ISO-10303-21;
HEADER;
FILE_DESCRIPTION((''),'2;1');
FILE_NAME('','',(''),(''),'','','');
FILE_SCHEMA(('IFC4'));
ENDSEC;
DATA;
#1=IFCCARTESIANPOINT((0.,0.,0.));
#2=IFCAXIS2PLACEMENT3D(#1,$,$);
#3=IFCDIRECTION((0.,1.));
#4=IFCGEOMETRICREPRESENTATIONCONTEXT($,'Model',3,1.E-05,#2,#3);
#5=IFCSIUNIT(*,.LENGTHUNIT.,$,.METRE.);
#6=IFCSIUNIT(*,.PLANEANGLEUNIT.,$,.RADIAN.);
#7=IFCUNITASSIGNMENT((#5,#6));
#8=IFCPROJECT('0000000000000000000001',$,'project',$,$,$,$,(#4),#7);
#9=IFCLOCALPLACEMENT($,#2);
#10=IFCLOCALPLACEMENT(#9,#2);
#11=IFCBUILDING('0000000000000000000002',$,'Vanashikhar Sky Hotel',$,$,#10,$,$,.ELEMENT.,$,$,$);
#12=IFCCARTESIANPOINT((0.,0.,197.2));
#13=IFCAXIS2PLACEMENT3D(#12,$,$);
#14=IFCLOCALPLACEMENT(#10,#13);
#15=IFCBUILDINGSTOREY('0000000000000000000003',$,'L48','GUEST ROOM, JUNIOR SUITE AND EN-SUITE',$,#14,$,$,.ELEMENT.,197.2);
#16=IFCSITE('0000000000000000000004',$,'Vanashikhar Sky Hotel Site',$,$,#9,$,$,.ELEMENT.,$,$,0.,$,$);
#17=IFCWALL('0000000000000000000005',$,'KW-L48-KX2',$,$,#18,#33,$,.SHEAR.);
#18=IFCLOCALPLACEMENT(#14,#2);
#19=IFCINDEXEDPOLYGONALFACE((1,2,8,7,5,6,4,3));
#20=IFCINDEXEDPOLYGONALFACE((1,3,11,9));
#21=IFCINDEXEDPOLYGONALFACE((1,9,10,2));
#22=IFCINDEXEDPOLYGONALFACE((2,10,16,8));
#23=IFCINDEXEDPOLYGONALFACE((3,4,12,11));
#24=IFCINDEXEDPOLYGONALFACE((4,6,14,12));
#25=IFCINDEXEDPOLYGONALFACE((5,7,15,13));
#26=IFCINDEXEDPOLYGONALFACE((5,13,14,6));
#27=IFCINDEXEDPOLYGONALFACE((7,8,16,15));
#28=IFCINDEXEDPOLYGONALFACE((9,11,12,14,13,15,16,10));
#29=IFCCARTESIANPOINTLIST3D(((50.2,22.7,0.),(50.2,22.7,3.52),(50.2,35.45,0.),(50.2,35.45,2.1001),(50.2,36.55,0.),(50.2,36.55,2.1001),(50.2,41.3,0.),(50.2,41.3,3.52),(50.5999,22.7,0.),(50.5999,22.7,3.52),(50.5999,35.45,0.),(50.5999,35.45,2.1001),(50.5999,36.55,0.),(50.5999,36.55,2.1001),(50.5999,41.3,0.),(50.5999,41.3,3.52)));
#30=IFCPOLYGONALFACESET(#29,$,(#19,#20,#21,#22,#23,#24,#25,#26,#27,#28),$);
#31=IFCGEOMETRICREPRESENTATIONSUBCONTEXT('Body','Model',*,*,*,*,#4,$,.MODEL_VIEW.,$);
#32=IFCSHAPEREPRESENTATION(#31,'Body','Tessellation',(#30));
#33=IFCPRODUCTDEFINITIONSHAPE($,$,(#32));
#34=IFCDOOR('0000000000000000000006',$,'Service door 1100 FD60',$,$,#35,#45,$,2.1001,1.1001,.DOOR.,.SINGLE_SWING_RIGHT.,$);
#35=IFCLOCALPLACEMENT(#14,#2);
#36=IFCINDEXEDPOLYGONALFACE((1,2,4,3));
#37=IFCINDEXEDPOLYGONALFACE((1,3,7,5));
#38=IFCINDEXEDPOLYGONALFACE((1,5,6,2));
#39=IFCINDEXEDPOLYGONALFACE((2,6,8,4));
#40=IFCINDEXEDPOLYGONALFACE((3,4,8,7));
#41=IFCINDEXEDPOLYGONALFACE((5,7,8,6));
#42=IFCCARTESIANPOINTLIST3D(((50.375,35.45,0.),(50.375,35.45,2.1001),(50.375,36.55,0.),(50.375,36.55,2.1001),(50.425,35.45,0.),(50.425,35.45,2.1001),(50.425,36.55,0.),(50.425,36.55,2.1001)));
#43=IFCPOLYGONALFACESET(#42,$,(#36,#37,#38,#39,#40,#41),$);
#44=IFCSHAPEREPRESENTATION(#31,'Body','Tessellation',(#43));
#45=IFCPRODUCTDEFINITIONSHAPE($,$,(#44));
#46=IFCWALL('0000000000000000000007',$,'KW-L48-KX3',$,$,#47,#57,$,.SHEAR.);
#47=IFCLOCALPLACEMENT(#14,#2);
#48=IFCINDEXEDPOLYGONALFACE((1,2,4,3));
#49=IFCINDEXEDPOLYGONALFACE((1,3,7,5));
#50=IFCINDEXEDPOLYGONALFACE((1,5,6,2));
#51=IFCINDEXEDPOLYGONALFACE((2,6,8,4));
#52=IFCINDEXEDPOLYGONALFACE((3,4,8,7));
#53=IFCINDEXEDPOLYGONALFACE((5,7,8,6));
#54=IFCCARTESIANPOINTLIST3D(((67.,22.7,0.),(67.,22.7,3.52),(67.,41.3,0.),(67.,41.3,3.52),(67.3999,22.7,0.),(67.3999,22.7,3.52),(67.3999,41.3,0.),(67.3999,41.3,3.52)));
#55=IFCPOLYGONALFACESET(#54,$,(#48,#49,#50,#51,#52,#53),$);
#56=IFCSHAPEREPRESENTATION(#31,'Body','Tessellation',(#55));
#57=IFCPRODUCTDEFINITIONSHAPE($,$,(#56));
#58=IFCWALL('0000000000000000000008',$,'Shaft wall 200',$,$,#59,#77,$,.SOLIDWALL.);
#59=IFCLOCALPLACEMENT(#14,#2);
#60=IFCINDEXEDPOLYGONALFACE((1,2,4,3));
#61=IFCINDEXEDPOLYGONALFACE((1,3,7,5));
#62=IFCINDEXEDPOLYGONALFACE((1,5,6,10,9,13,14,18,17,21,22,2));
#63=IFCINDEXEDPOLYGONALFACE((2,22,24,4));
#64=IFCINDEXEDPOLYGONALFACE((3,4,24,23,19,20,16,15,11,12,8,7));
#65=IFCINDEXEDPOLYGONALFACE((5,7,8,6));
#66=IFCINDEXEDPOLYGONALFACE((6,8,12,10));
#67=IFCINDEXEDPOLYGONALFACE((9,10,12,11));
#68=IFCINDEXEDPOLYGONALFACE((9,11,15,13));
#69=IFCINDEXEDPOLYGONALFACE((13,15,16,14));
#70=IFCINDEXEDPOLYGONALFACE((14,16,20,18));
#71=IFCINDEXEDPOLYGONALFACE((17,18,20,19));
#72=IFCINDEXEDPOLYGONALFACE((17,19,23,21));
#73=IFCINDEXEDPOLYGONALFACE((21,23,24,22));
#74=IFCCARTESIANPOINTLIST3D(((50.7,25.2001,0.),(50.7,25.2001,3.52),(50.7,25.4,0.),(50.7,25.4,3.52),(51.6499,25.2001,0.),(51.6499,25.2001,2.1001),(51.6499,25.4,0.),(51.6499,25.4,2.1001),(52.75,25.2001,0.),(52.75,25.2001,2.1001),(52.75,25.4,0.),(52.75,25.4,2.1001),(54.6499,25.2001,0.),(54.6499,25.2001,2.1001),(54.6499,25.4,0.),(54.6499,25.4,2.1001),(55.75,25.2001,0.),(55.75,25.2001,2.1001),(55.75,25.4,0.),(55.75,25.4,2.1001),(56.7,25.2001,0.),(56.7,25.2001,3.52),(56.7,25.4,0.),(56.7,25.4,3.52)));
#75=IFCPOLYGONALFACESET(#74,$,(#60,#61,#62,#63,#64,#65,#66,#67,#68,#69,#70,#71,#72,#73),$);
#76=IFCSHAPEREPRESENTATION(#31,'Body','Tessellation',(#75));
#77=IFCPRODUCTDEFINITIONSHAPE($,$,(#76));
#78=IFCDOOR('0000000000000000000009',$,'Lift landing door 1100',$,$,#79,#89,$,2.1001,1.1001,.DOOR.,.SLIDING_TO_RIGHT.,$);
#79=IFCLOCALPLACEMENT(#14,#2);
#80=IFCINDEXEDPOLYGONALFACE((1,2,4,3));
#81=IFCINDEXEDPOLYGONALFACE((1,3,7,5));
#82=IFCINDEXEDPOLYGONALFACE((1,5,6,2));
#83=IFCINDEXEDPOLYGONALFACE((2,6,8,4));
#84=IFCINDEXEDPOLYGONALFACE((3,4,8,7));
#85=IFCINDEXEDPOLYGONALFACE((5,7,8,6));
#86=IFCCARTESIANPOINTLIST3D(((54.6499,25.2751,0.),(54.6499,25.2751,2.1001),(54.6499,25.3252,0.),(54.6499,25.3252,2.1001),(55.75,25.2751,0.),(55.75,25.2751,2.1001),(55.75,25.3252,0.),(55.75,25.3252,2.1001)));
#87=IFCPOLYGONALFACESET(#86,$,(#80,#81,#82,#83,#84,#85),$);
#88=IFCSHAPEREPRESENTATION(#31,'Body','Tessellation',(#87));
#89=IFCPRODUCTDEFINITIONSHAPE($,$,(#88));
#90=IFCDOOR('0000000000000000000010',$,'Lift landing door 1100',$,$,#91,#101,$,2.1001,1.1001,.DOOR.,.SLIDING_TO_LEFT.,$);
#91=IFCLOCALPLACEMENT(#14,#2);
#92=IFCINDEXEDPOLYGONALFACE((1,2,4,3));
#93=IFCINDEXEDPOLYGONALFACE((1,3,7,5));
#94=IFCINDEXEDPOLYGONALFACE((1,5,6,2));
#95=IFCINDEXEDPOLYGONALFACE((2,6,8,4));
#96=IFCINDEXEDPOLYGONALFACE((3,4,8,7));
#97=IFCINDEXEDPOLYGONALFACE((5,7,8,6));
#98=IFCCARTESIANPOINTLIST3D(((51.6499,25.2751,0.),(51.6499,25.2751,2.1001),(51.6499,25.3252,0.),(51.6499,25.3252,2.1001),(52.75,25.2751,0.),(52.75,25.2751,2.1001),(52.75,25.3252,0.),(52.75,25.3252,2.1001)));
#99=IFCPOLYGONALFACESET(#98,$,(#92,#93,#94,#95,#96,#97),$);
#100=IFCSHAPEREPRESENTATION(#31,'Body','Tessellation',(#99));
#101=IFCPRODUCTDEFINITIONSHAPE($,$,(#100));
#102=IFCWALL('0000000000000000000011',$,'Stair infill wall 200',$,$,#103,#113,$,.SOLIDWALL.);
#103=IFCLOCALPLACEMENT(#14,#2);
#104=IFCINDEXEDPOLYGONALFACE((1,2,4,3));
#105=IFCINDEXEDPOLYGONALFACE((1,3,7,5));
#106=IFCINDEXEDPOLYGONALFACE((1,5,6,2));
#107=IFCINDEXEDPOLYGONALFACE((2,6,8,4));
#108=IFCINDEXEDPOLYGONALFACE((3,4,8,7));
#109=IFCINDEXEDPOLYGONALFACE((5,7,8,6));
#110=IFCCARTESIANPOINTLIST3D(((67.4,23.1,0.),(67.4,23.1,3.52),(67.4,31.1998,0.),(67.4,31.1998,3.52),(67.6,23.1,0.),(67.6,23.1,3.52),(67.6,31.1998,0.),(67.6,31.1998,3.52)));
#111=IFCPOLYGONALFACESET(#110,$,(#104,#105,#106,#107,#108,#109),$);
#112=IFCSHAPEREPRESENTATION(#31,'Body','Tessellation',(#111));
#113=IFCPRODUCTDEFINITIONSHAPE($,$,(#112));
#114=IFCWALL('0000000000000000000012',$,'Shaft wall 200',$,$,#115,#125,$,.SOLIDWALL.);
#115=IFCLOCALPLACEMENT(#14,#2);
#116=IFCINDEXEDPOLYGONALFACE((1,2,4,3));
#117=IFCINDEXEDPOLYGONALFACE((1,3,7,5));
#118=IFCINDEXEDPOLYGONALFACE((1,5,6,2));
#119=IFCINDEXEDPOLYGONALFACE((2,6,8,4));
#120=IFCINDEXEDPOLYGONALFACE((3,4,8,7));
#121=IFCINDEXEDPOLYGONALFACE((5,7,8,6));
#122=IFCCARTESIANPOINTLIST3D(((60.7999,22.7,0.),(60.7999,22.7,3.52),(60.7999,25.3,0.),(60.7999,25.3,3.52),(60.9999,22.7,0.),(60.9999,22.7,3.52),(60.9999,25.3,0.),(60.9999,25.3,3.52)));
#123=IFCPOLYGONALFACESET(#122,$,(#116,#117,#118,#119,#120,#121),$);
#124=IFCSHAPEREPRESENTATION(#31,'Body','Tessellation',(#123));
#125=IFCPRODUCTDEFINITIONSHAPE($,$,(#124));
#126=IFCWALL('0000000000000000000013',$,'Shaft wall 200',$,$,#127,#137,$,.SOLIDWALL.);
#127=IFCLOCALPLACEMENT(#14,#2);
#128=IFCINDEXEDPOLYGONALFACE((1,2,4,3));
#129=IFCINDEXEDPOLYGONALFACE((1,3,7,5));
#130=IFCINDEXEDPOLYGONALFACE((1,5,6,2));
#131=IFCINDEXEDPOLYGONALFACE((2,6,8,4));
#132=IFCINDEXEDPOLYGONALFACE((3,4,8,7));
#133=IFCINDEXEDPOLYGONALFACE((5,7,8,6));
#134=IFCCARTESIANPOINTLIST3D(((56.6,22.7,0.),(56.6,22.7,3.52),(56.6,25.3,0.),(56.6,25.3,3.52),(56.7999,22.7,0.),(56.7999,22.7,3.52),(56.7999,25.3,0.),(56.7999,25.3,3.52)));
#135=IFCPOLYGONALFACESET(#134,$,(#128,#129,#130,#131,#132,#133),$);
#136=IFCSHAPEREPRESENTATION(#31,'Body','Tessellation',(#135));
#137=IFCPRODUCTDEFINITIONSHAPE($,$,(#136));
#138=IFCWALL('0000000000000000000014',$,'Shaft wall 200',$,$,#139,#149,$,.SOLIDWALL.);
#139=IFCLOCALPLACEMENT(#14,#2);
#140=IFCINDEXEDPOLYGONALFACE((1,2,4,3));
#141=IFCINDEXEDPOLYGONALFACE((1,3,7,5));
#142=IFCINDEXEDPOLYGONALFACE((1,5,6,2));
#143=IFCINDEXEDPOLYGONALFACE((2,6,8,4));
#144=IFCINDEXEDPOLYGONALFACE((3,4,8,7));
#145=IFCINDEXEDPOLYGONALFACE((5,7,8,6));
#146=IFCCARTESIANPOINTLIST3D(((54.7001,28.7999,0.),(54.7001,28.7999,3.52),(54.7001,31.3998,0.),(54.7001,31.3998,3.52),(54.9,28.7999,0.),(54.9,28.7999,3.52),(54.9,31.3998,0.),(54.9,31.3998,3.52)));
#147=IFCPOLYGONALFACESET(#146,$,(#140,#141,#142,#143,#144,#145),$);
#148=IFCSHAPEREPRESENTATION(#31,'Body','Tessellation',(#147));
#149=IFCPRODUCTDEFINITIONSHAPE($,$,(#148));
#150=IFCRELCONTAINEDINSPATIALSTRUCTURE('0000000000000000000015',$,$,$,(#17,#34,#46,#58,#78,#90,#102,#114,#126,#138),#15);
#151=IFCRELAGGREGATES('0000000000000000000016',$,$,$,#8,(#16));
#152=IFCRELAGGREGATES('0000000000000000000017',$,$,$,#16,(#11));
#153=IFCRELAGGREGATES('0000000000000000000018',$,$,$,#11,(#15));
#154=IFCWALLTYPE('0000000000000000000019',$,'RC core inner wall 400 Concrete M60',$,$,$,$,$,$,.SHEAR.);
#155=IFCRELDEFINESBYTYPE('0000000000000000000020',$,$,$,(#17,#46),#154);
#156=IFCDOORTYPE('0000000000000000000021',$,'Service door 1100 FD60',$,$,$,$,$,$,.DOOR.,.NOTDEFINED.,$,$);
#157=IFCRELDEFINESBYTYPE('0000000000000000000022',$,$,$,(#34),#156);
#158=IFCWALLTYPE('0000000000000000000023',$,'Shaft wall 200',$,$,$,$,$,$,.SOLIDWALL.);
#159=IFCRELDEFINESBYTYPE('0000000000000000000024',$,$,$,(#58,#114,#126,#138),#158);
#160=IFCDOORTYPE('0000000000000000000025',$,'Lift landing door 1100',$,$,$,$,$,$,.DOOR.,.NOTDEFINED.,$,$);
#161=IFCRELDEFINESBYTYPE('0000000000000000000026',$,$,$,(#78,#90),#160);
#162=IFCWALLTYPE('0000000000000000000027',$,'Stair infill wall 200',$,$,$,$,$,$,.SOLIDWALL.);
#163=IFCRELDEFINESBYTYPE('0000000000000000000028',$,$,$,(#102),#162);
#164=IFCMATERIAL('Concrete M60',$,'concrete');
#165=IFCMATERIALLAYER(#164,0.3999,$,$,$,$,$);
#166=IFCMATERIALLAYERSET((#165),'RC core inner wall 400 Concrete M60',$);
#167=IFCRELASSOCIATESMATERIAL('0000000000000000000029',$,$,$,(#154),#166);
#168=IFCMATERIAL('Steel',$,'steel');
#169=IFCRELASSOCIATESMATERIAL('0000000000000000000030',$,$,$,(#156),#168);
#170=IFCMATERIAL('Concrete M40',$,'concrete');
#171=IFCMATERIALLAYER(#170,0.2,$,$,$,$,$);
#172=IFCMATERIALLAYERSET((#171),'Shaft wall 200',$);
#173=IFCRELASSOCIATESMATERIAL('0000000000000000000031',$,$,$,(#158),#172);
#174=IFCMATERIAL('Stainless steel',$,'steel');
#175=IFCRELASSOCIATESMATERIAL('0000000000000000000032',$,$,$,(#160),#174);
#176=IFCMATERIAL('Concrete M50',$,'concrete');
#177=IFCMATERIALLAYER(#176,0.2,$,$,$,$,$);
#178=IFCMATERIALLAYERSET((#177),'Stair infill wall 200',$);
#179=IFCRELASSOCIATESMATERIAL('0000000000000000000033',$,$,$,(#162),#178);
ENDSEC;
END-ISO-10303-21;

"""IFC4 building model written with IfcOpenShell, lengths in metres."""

from ifc_helpers import new_model, si_unit, direction, frame, frame_2d, origin, place, context, subcontext, project, spatial, rectangle, extrude, source, transform, mapped, material, layer, layer_set, type_object, element, fill, save


model = new_model("IFC4")

# Units and contexts
model_context = context("Model", 3, precision=1e-05, world=origin(), true_north=direction((0.0, 1.0)))
body_context = subcontext(model_context, "Body", "Model", "MODEL_VIEW")
ifc_project = project(units=[si_unit("LENGTHUNIT", "METRE"), si_unit("PLANEANGLEUNIT", "RADIAN")], contexts=[model_context])

# Site, building, storey
site_placement = place(None, origin())
site = spatial("IfcSite", under=ifc_project, at=site_placement, Name="Vanashikhar Sky Hotel Site", CompositionType="ELEMENT", RefElevation=0.0)
building_placement = place(site_placement, origin())
building = spatial("IfcBuilding", under=site, at=building_placement, Name="Vanashikhar Sky Hotel", CompositionType="ELEMENT")
storey_placement = place(building_placement, frame((0.0, 0.0, 197.2)))
storey = spatial("IfcBuildingStorey", under=building, at=storey_placement, Name="L48", Description="GUEST ROOM, JUNIOR SUITE AND EN-SUITE", CompositionType="ELEMENT", Elevation=197.2)

# Wall, opening, door
ifc_material_1 = material(Name="Concrete M60", Category="concrete")
ifc_layer_1 = layer(ifc_material_1, 0.3999)
ifc_layer_set_1 = layer_set([ifc_layer_1], Name="RC core inner wall 400 Concrete M60")
wall_type_1 = type_object("IfcWallType", Name="RC core inner wall 400 Concrete M60", PredefinedType="SHEAR", material=ifc_layer_set_1)
shared_shape_1 = source(origin(), body_context, "Body", "SweptSolid", [
    extrude(rectangle(XDim=18.6001, YDim=0.3999, at=frame_2d((9.3, 0.0))), origin(), (0.0, 0.0, 1.0), 3.52),
])
wall_1_placement = place(storey_placement, frame((50.3999, 22.7, 0.0), z_axis=(0.0, 0.0, 1.0), x_axis=(0.0, 1.0, 0.0)))
wall_1 = element("IfcWall", 1, at=wall_1_placement, inside=storey, type_object=wall_type_1, Name="KW-L48-KX2", PredefinedType="SHEAR", context=body_context, shape_type="MappedRepresentation", body=[
    mapped(shared_shape_1, transform((0.0, 0.0, 0.0), scale=1.0)),
])
shared_shape_2 = source(origin(), body_context, "Body", "SweptSolid", [
    extrude(rectangle(XDim=1.1001, YDim=2.1001, at=frame_2d((0.55, 1.05))), frame((0.0, 0.21, 0.0), z_axis=(0.0, -1.0, 0.0), x_axis=(1.0, 0.0, 0.0)), (0.0, 0.0, 1.0), 0.4199),
])
opening_1_placement = place(wall_1_placement, frame((12.75, 0.0, 0.0)))
opening_1 = element("IfcOpeningElement", 2, at=opening_1_placement, cuts=wall_1, PredefinedType="OPENING", context=body_context, shape_type="MappedRepresentation", body=[
    mapped(shared_shape_2, transform((0.0, 0.0, 0.0), scale=1.0)),
])
ifc_material_2 = material(Name="Steel", Category="steel")
door_type_1 = type_object("IfcDoorType", Name="Service door 1100 FD60", OperationType="NOTDEFINED", PredefinedType="DOOR", material=ifc_material_2)
shared_shape_3 = source(origin(), body_context, "Body", "SweptSolid", [
    extrude(rectangle(XDim=1.1001, YDim=2.1001, at=frame_2d((0.55, 1.05))), frame((0.0, 0.0249, 0.0), z_axis=(0.0, -1.0, 0.0), x_axis=(1.0, 0.0, 0.0)), (0.0, 0.0, 1.0), 0.05),
])
door_1_placement = place(opening_1_placement, origin())
door_1 = element("IfcDoor", 3, at=door_1_placement, inside=storey, type_object=door_type_1, Name="Service door 1100 FD60", OperationType="SINGLE_SWING_RIGHT", OverallHeight=2.1001, OverallWidth=1.1001, PredefinedType="DOOR", context=body_context, shape_type="MappedRepresentation", body=[
    mapped(shared_shape_3, transform((0.0, 0.0, 0.0), scale=1.0)),
])
fill(opening_1, door_1)

# Wall
wall_2_placement = place(storey_placement, frame((67.2, 22.7, 0.0), z_axis=(0.0, 0.0, 1.0), x_axis=(0.0, 1.0, 0.0)))
element("IfcWall", 4, at=wall_2_placement, inside=storey, type_object=wall_type_1, Name="KW-L48-KX3", PredefinedType="SHEAR", context=body_context, shape_type="MappedRepresentation", body=[
    mapped(shared_shape_1, transform((0.0, 0.0, 0.0), scale=1.0)),
])

# Wall, openings, doors
ifc_material_3 = material(Name="Concrete M40", Category="concrete")
ifc_layer_2 = layer(ifc_material_3, 0.2)
ifc_layer_set_2 = layer_set([ifc_layer_2], Name="Shaft wall 200")
wall_type_2 = type_object("IfcWallType", Name="Shaft wall 200", PredefinedType="SOLIDWALL", material=ifc_layer_set_2)
shared_shape_4 = source(origin(), body_context, "Body", "SweptSolid", [
    extrude(rectangle(XDim=6.0, YDim=0.2, at=frame_2d((3.0, 0.0))), origin(), (0.0, 0.0, 1.0), 3.52),
])
wall_3_placement = place(storey_placement, frame((56.7, 25.3, 0.0), z_axis=(0.0, 0.0, 1.0), x_axis=(-1.0, 0.0, 0.0)))
wall_3 = element("IfcWall", 5, at=wall_3_placement, inside=storey, type_object=wall_type_2, Name="Shaft wall 200", PredefinedType="SOLIDWALL", context=body_context, shape_type="MappedRepresentation", body=[
    mapped(shared_shape_4, transform((0.0, 0.0, 0.0), scale=1.0)),
])
shared_shape_5 = source(origin(), body_context, "Body", "SweptSolid", [
    extrude(rectangle(XDim=1.1001, YDim=2.1001, at=frame_2d((0.55, 1.05))), frame((0.0, 0.1099, 0.0), z_axis=(0.0, -1.0, 0.0), x_axis=(1.0, 0.0, 0.0)), (0.0, 0.0, 1.0), 0.22),
])
opening_2_placement = place(wall_3_placement, frame((0.95, 0.0, 0.0)))
opening_2 = element("IfcOpeningElement", 6, at=opening_2_placement, cuts=wall_3, PredefinedType="OPENING", context=body_context, shape_type="MappedRepresentation", body=[
    mapped(shared_shape_5, transform((0.0, 0.0, 0.0), scale=1.0)),
])
opening_3_placement = place(wall_3_placement, frame((3.95, 0.0, 0.0)))
opening_3 = element("IfcOpeningElement", 7, at=opening_3_placement, cuts=wall_3, PredefinedType="OPENING", context=body_context, shape_type="MappedRepresentation", body=[
    mapped(shared_shape_5, transform((0.0, 0.0, 0.0), scale=1.0)),
])
ifc_material_4 = material(Name="Stainless steel", Category="steel")
door_type_2 = type_object("IfcDoorType", Name="Lift landing door 1100", OperationType="NOTDEFINED", PredefinedType="DOOR", material=ifc_material_4)
door_2_placement = place(opening_2_placement, origin())
door_2 = element("IfcDoor", 8, at=door_2_placement, inside=storey, type_object=door_type_2, Name="Lift landing door 1100", OperationType="SLIDING_TO_RIGHT", OverallHeight=2.1001, OverallWidth=1.1001, PredefinedType="DOOR", context=body_context, shape_type="MappedRepresentation", body=[
    mapped(shared_shape_3, transform((0.0, 0.0, 0.0), scale=1.0)),
])
fill(opening_2, door_2)
door_3_placement = place(opening_3_placement, origin())
door_3 = element("IfcDoor", 9, at=door_3_placement, inside=storey, type_object=door_type_2, Name="Lift landing door 1100", OperationType="SLIDING_TO_LEFT", OverallHeight=2.1001, OverallWidth=1.1001, PredefinedType="DOOR", context=body_context, shape_type="MappedRepresentation", body=[
    mapped(shared_shape_3, transform((0.0, 0.0, 0.0), scale=1.0)),
])
fill(opening_3, door_3)

# Walls
ifc_material_5 = material(Name="Concrete M50", Category="concrete")
ifc_layer_3 = layer(ifc_material_5, 0.2)
ifc_layer_set_3 = layer_set([ifc_layer_3], Name="Stair infill wall 200")
wall_type_3 = type_object("IfcWallType", Name="Stair infill wall 200", PredefinedType="SOLIDWALL", material=ifc_layer_set_3)
shared_shape_6 = source(origin(), body_context, "Body", "SweptSolid", [
    extrude(rectangle(XDim=8.0999, YDim=0.2, at=frame_2d((4.0498, 0.0))), origin(), (0.0, 0.0, 1.0), 3.52),
])
wall_4_placement = place(storey_placement, frame((67.5, 23.1001, 0.0), z_axis=(0.0, 0.0, 1.0), x_axis=(0.0, 1.0, 0.0)))
element("IfcWall", 10, at=wall_4_placement, inside=storey, type_object=wall_type_3, Name="Stair infill wall 200", PredefinedType="SOLIDWALL", context=body_context, shape_type="MappedRepresentation", body=[
    mapped(shared_shape_6, transform((0.0, 0.0, 0.0), scale=1.0)),
])
shared_shape_7 = source(origin(), body_context, "Body", "SweptSolid", [
    extrude(rectangle(XDim=2.6001, YDim=0.2, at=frame_2d((1.3, 0.0))), origin(), (0.0, 0.0, 1.0), 3.52),
])
for number, where, z_axis, x_axis, name in (
    (11, (60.8999, 22.7, 0.0), (0.0, 0.0, 1.0), (0.0, 1.0, 0.0), "Shaft wall 200"),
    (12, (56.7, 22.7, 0.0), (0.0, 0.0, 1.0), (0.0, 1.0, 0.0), "Shaft wall 200"),
):
    element("IfcWall", number, at=place(storey_placement, frame(where, z_axis=z_axis, x_axis=x_axis)), inside=storey, type_object=wall_type_2, Name=name, PredefinedType="SOLIDWALL", context=body_context, shape_type="MappedRepresentation", body=[
        mapped(shared_shape_7, transform((0.0, 0.0, 0.0), scale=1.0)),
    ])
shared_shape_8 = source(origin(), body_context, "Body", "SweptSolid", [
    extrude(rectangle(XDim=2.5999, YDim=0.2, at=frame_2d((1.2998, 0.0))), origin(), (0.0, 0.0, 1.0), 3.52),
])
wall_5_placement = place(storey_placement, frame((54.8, 28.8, 0.0), z_axis=(0.0, 0.0, 1.0), x_axis=(0.0, 1.0, 0.0)))
element("IfcWall", 13, at=wall_5_placement, inside=storey, type_object=wall_type_2, Name="Shaft wall 200", PredefinedType="SOLIDWALL", context=body_context, shape_type="MappedRepresentation", body=[
    mapped(shared_shape_8, transform((0.0, 0.0, 0.0), scale=1.0)),
])

save(model, "model.ifc")
